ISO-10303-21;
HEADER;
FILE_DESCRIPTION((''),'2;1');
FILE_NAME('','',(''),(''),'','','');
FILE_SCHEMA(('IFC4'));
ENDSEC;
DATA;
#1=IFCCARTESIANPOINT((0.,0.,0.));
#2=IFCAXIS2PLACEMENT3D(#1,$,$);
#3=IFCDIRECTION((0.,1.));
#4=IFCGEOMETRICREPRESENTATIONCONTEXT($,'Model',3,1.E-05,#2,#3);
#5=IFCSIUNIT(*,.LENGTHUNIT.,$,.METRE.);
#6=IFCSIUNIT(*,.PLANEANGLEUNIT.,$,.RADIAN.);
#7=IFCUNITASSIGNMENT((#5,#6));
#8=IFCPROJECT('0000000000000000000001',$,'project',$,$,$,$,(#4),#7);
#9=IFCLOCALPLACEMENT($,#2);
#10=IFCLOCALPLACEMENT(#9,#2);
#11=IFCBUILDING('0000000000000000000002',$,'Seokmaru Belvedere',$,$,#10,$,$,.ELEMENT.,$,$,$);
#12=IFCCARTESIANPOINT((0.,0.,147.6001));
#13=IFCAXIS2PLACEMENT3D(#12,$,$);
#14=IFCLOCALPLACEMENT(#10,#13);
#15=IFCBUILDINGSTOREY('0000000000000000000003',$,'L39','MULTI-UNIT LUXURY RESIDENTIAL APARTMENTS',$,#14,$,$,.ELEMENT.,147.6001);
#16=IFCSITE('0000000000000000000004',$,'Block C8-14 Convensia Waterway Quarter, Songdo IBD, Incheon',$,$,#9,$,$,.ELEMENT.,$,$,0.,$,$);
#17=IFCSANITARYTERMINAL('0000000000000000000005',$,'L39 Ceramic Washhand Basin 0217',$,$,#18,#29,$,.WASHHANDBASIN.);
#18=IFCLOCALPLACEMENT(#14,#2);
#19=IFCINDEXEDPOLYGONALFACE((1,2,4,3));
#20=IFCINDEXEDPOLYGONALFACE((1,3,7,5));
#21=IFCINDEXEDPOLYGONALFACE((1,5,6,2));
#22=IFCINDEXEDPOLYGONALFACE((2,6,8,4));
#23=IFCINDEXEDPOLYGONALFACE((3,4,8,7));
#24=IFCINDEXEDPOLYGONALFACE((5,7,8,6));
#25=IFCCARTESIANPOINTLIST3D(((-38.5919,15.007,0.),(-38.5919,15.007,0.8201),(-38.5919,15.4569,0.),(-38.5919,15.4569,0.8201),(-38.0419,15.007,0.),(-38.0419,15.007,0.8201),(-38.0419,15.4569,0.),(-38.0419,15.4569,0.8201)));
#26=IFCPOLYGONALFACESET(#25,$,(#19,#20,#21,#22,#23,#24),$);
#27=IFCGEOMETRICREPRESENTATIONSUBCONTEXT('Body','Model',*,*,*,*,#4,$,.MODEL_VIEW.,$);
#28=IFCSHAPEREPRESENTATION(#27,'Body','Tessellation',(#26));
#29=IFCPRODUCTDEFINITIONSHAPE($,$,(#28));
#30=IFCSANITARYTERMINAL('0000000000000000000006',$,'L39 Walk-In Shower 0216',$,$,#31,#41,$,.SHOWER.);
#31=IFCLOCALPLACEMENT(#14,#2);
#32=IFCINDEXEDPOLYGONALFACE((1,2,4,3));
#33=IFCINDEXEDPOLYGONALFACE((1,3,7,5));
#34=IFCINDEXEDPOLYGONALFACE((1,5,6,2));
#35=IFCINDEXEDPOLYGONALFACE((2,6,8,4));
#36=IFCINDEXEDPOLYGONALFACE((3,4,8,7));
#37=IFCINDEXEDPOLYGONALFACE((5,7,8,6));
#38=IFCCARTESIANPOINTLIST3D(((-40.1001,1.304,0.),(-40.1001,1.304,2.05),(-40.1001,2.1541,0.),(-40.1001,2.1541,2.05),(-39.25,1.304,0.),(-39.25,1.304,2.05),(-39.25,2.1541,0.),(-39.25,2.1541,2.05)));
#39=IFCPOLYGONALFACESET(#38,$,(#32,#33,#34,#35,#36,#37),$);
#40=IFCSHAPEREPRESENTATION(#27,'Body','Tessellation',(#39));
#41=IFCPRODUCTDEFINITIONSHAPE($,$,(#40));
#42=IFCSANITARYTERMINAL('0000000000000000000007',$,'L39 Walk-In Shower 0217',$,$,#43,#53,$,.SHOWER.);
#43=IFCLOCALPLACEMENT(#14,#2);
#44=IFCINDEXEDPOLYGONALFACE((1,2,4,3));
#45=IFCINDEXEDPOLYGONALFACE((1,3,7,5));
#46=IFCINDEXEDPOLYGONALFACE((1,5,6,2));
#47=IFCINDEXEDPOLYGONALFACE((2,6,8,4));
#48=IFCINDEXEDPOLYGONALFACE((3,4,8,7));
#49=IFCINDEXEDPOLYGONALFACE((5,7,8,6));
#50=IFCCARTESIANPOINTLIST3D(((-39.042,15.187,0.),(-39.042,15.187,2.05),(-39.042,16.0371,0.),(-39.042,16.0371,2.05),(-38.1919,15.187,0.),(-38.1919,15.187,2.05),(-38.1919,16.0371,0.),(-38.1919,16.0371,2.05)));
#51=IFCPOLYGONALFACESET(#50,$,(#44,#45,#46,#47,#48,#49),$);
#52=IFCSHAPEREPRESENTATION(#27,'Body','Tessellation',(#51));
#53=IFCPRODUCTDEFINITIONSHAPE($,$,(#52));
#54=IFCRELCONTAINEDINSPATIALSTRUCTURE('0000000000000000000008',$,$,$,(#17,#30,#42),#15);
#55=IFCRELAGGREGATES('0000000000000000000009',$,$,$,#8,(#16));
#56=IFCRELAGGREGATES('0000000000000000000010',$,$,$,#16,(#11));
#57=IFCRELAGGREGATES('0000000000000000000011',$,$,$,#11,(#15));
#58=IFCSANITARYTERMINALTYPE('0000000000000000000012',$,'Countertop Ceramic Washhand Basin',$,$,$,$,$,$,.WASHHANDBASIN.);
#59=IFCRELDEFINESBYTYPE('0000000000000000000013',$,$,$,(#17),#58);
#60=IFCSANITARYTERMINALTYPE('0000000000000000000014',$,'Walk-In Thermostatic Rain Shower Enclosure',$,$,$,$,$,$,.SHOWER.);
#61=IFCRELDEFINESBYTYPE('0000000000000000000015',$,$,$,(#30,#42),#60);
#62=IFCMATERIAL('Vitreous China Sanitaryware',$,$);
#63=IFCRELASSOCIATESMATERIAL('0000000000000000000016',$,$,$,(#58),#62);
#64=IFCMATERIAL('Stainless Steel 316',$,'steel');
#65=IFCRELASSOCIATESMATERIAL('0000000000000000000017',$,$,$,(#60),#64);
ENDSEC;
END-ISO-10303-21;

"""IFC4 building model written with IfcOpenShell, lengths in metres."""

from ifc_helpers import new_model, si_unit, direction, frame, origin, origin_2d, place, context, subcontext, project, spatial, rectangle, extrude, source, transform, mapped, material, type_object, type_shapes, element, save


model = new_model("IFC4")

# Units and contexts
model_context = context("Model", 3, precision=1e-05, world=origin(), true_north=direction((0.0, 1.0)))
body_context = subcontext(model_context, "Body", "Model", "MODEL_VIEW")
ifc_project = project(units=[si_unit("LENGTHUNIT", "METRE"), si_unit("PLANEANGLEUNIT", "RADIAN")], contexts=[model_context])

# Site, building, storey
site_placement = place(None, origin())
site = spatial("IfcSite", under=ifc_project, at=site_placement, Name="Block C8-14 Convensia Waterway Quarter, Songdo IBD, Incheon", CompositionType="ELEMENT", RefElevation=0.0)
building_placement = place(site_placement, origin())
building = spatial("IfcBuilding", under=site, at=building_placement, Name="Seokmaru Belvedere", CompositionType="ELEMENT")
storey_placement = place(building_placement, frame((0.0, 0.0, 147.6001)))
storey = spatial("IfcBuildingStorey", under=building, at=storey_placement, Name="L39", Description="MULTI-UNIT LUXURY RESIDENTIAL APARTMENTS", CompositionType="ELEMENT", Elevation=147.6001)

# Sanitary terminals
ifc_material_1 = material(Name="Vitreous China Sanitaryware")
sanitary_terminal_type_1 = type_object("IfcSanitaryTerminalType", Name="Countertop Ceramic Washhand Basin", PredefinedType="WASHHANDBASIN", material=ifc_material_1)
shared_shape_1 = source(origin(), body_context, "Body", "SweptSolid", [
    extrude(rectangle(XDim=0.55, YDim=0.45, at=origin_2d()), origin(), (0.0, 0.0, 1.0), 0.8201),
])
type_shapes(sanitary_terminal_type_1, [shared_shape_1])
for number, where, z_axis, x_axis, name in (
    (1, (-38.3169, 15.2319, 0.0), (0.0, 0.0, 1.0), (1.0, 0.0, 0.0), "L39 Ceramic Washhand Basin 0217"),
):
    element("IfcSanitaryTerminal", number, at=place(storey_placement, frame(where, z_axis=z_axis, x_axis=x_axis)), inside=storey, type_object=sanitary_terminal_type_1, Name=name, PredefinedType="WASHHANDBASIN", context=body_context, shape_type="MappedRepresentation", body=[
        mapped(shared_shape_1, transform((0.0, 0.0, 0.0), scale=1.0)),
    ])
ifc_material_2 = material(Name="Stainless Steel 316", Category="steel")
sanitary_terminal_type_2 = type_object("IfcSanitaryTerminalType", Name="Walk-In Thermostatic Rain Shower Enclosure", PredefinedType="SHOWER", material=ifc_material_2)
shared_shape_2 = source(origin(), body_context, "Body", "SweptSolid", [
    extrude(rectangle(XDim=0.8501, YDim=0.8501, at=origin_2d()), origin(), (0.0, 0.0, 1.0), 2.05),
])
type_shapes(sanitary_terminal_type_2, [shared_shape_2])
for number, where, z_axis, x_axis, name in (
    (2, (-39.675, 1.729, 0.0), (0.0, 0.0, 1.0), (1.0, 0.0, 0.0), "L39 Walk-In Shower 0216"),
    (3, (-38.6169, 15.6121, 0.0), (0.0, 0.0, 1.0), (1.0, 0.0, 0.0), "L39 Walk-In Shower 0217"),
):
    element("IfcSanitaryTerminal", number, at=place(storey_placement, frame(where, z_axis=z_axis, x_axis=x_axis)), inside=storey, type_object=sanitary_terminal_type_2, Name=name, PredefinedType="SHOWER", context=body_context, shape_type="MappedRepresentation", body=[
        mapped(shared_shape_2, transform((0.0, 0.0, 0.0), scale=1.0)),
    ])

save(model, "model.ifc")
